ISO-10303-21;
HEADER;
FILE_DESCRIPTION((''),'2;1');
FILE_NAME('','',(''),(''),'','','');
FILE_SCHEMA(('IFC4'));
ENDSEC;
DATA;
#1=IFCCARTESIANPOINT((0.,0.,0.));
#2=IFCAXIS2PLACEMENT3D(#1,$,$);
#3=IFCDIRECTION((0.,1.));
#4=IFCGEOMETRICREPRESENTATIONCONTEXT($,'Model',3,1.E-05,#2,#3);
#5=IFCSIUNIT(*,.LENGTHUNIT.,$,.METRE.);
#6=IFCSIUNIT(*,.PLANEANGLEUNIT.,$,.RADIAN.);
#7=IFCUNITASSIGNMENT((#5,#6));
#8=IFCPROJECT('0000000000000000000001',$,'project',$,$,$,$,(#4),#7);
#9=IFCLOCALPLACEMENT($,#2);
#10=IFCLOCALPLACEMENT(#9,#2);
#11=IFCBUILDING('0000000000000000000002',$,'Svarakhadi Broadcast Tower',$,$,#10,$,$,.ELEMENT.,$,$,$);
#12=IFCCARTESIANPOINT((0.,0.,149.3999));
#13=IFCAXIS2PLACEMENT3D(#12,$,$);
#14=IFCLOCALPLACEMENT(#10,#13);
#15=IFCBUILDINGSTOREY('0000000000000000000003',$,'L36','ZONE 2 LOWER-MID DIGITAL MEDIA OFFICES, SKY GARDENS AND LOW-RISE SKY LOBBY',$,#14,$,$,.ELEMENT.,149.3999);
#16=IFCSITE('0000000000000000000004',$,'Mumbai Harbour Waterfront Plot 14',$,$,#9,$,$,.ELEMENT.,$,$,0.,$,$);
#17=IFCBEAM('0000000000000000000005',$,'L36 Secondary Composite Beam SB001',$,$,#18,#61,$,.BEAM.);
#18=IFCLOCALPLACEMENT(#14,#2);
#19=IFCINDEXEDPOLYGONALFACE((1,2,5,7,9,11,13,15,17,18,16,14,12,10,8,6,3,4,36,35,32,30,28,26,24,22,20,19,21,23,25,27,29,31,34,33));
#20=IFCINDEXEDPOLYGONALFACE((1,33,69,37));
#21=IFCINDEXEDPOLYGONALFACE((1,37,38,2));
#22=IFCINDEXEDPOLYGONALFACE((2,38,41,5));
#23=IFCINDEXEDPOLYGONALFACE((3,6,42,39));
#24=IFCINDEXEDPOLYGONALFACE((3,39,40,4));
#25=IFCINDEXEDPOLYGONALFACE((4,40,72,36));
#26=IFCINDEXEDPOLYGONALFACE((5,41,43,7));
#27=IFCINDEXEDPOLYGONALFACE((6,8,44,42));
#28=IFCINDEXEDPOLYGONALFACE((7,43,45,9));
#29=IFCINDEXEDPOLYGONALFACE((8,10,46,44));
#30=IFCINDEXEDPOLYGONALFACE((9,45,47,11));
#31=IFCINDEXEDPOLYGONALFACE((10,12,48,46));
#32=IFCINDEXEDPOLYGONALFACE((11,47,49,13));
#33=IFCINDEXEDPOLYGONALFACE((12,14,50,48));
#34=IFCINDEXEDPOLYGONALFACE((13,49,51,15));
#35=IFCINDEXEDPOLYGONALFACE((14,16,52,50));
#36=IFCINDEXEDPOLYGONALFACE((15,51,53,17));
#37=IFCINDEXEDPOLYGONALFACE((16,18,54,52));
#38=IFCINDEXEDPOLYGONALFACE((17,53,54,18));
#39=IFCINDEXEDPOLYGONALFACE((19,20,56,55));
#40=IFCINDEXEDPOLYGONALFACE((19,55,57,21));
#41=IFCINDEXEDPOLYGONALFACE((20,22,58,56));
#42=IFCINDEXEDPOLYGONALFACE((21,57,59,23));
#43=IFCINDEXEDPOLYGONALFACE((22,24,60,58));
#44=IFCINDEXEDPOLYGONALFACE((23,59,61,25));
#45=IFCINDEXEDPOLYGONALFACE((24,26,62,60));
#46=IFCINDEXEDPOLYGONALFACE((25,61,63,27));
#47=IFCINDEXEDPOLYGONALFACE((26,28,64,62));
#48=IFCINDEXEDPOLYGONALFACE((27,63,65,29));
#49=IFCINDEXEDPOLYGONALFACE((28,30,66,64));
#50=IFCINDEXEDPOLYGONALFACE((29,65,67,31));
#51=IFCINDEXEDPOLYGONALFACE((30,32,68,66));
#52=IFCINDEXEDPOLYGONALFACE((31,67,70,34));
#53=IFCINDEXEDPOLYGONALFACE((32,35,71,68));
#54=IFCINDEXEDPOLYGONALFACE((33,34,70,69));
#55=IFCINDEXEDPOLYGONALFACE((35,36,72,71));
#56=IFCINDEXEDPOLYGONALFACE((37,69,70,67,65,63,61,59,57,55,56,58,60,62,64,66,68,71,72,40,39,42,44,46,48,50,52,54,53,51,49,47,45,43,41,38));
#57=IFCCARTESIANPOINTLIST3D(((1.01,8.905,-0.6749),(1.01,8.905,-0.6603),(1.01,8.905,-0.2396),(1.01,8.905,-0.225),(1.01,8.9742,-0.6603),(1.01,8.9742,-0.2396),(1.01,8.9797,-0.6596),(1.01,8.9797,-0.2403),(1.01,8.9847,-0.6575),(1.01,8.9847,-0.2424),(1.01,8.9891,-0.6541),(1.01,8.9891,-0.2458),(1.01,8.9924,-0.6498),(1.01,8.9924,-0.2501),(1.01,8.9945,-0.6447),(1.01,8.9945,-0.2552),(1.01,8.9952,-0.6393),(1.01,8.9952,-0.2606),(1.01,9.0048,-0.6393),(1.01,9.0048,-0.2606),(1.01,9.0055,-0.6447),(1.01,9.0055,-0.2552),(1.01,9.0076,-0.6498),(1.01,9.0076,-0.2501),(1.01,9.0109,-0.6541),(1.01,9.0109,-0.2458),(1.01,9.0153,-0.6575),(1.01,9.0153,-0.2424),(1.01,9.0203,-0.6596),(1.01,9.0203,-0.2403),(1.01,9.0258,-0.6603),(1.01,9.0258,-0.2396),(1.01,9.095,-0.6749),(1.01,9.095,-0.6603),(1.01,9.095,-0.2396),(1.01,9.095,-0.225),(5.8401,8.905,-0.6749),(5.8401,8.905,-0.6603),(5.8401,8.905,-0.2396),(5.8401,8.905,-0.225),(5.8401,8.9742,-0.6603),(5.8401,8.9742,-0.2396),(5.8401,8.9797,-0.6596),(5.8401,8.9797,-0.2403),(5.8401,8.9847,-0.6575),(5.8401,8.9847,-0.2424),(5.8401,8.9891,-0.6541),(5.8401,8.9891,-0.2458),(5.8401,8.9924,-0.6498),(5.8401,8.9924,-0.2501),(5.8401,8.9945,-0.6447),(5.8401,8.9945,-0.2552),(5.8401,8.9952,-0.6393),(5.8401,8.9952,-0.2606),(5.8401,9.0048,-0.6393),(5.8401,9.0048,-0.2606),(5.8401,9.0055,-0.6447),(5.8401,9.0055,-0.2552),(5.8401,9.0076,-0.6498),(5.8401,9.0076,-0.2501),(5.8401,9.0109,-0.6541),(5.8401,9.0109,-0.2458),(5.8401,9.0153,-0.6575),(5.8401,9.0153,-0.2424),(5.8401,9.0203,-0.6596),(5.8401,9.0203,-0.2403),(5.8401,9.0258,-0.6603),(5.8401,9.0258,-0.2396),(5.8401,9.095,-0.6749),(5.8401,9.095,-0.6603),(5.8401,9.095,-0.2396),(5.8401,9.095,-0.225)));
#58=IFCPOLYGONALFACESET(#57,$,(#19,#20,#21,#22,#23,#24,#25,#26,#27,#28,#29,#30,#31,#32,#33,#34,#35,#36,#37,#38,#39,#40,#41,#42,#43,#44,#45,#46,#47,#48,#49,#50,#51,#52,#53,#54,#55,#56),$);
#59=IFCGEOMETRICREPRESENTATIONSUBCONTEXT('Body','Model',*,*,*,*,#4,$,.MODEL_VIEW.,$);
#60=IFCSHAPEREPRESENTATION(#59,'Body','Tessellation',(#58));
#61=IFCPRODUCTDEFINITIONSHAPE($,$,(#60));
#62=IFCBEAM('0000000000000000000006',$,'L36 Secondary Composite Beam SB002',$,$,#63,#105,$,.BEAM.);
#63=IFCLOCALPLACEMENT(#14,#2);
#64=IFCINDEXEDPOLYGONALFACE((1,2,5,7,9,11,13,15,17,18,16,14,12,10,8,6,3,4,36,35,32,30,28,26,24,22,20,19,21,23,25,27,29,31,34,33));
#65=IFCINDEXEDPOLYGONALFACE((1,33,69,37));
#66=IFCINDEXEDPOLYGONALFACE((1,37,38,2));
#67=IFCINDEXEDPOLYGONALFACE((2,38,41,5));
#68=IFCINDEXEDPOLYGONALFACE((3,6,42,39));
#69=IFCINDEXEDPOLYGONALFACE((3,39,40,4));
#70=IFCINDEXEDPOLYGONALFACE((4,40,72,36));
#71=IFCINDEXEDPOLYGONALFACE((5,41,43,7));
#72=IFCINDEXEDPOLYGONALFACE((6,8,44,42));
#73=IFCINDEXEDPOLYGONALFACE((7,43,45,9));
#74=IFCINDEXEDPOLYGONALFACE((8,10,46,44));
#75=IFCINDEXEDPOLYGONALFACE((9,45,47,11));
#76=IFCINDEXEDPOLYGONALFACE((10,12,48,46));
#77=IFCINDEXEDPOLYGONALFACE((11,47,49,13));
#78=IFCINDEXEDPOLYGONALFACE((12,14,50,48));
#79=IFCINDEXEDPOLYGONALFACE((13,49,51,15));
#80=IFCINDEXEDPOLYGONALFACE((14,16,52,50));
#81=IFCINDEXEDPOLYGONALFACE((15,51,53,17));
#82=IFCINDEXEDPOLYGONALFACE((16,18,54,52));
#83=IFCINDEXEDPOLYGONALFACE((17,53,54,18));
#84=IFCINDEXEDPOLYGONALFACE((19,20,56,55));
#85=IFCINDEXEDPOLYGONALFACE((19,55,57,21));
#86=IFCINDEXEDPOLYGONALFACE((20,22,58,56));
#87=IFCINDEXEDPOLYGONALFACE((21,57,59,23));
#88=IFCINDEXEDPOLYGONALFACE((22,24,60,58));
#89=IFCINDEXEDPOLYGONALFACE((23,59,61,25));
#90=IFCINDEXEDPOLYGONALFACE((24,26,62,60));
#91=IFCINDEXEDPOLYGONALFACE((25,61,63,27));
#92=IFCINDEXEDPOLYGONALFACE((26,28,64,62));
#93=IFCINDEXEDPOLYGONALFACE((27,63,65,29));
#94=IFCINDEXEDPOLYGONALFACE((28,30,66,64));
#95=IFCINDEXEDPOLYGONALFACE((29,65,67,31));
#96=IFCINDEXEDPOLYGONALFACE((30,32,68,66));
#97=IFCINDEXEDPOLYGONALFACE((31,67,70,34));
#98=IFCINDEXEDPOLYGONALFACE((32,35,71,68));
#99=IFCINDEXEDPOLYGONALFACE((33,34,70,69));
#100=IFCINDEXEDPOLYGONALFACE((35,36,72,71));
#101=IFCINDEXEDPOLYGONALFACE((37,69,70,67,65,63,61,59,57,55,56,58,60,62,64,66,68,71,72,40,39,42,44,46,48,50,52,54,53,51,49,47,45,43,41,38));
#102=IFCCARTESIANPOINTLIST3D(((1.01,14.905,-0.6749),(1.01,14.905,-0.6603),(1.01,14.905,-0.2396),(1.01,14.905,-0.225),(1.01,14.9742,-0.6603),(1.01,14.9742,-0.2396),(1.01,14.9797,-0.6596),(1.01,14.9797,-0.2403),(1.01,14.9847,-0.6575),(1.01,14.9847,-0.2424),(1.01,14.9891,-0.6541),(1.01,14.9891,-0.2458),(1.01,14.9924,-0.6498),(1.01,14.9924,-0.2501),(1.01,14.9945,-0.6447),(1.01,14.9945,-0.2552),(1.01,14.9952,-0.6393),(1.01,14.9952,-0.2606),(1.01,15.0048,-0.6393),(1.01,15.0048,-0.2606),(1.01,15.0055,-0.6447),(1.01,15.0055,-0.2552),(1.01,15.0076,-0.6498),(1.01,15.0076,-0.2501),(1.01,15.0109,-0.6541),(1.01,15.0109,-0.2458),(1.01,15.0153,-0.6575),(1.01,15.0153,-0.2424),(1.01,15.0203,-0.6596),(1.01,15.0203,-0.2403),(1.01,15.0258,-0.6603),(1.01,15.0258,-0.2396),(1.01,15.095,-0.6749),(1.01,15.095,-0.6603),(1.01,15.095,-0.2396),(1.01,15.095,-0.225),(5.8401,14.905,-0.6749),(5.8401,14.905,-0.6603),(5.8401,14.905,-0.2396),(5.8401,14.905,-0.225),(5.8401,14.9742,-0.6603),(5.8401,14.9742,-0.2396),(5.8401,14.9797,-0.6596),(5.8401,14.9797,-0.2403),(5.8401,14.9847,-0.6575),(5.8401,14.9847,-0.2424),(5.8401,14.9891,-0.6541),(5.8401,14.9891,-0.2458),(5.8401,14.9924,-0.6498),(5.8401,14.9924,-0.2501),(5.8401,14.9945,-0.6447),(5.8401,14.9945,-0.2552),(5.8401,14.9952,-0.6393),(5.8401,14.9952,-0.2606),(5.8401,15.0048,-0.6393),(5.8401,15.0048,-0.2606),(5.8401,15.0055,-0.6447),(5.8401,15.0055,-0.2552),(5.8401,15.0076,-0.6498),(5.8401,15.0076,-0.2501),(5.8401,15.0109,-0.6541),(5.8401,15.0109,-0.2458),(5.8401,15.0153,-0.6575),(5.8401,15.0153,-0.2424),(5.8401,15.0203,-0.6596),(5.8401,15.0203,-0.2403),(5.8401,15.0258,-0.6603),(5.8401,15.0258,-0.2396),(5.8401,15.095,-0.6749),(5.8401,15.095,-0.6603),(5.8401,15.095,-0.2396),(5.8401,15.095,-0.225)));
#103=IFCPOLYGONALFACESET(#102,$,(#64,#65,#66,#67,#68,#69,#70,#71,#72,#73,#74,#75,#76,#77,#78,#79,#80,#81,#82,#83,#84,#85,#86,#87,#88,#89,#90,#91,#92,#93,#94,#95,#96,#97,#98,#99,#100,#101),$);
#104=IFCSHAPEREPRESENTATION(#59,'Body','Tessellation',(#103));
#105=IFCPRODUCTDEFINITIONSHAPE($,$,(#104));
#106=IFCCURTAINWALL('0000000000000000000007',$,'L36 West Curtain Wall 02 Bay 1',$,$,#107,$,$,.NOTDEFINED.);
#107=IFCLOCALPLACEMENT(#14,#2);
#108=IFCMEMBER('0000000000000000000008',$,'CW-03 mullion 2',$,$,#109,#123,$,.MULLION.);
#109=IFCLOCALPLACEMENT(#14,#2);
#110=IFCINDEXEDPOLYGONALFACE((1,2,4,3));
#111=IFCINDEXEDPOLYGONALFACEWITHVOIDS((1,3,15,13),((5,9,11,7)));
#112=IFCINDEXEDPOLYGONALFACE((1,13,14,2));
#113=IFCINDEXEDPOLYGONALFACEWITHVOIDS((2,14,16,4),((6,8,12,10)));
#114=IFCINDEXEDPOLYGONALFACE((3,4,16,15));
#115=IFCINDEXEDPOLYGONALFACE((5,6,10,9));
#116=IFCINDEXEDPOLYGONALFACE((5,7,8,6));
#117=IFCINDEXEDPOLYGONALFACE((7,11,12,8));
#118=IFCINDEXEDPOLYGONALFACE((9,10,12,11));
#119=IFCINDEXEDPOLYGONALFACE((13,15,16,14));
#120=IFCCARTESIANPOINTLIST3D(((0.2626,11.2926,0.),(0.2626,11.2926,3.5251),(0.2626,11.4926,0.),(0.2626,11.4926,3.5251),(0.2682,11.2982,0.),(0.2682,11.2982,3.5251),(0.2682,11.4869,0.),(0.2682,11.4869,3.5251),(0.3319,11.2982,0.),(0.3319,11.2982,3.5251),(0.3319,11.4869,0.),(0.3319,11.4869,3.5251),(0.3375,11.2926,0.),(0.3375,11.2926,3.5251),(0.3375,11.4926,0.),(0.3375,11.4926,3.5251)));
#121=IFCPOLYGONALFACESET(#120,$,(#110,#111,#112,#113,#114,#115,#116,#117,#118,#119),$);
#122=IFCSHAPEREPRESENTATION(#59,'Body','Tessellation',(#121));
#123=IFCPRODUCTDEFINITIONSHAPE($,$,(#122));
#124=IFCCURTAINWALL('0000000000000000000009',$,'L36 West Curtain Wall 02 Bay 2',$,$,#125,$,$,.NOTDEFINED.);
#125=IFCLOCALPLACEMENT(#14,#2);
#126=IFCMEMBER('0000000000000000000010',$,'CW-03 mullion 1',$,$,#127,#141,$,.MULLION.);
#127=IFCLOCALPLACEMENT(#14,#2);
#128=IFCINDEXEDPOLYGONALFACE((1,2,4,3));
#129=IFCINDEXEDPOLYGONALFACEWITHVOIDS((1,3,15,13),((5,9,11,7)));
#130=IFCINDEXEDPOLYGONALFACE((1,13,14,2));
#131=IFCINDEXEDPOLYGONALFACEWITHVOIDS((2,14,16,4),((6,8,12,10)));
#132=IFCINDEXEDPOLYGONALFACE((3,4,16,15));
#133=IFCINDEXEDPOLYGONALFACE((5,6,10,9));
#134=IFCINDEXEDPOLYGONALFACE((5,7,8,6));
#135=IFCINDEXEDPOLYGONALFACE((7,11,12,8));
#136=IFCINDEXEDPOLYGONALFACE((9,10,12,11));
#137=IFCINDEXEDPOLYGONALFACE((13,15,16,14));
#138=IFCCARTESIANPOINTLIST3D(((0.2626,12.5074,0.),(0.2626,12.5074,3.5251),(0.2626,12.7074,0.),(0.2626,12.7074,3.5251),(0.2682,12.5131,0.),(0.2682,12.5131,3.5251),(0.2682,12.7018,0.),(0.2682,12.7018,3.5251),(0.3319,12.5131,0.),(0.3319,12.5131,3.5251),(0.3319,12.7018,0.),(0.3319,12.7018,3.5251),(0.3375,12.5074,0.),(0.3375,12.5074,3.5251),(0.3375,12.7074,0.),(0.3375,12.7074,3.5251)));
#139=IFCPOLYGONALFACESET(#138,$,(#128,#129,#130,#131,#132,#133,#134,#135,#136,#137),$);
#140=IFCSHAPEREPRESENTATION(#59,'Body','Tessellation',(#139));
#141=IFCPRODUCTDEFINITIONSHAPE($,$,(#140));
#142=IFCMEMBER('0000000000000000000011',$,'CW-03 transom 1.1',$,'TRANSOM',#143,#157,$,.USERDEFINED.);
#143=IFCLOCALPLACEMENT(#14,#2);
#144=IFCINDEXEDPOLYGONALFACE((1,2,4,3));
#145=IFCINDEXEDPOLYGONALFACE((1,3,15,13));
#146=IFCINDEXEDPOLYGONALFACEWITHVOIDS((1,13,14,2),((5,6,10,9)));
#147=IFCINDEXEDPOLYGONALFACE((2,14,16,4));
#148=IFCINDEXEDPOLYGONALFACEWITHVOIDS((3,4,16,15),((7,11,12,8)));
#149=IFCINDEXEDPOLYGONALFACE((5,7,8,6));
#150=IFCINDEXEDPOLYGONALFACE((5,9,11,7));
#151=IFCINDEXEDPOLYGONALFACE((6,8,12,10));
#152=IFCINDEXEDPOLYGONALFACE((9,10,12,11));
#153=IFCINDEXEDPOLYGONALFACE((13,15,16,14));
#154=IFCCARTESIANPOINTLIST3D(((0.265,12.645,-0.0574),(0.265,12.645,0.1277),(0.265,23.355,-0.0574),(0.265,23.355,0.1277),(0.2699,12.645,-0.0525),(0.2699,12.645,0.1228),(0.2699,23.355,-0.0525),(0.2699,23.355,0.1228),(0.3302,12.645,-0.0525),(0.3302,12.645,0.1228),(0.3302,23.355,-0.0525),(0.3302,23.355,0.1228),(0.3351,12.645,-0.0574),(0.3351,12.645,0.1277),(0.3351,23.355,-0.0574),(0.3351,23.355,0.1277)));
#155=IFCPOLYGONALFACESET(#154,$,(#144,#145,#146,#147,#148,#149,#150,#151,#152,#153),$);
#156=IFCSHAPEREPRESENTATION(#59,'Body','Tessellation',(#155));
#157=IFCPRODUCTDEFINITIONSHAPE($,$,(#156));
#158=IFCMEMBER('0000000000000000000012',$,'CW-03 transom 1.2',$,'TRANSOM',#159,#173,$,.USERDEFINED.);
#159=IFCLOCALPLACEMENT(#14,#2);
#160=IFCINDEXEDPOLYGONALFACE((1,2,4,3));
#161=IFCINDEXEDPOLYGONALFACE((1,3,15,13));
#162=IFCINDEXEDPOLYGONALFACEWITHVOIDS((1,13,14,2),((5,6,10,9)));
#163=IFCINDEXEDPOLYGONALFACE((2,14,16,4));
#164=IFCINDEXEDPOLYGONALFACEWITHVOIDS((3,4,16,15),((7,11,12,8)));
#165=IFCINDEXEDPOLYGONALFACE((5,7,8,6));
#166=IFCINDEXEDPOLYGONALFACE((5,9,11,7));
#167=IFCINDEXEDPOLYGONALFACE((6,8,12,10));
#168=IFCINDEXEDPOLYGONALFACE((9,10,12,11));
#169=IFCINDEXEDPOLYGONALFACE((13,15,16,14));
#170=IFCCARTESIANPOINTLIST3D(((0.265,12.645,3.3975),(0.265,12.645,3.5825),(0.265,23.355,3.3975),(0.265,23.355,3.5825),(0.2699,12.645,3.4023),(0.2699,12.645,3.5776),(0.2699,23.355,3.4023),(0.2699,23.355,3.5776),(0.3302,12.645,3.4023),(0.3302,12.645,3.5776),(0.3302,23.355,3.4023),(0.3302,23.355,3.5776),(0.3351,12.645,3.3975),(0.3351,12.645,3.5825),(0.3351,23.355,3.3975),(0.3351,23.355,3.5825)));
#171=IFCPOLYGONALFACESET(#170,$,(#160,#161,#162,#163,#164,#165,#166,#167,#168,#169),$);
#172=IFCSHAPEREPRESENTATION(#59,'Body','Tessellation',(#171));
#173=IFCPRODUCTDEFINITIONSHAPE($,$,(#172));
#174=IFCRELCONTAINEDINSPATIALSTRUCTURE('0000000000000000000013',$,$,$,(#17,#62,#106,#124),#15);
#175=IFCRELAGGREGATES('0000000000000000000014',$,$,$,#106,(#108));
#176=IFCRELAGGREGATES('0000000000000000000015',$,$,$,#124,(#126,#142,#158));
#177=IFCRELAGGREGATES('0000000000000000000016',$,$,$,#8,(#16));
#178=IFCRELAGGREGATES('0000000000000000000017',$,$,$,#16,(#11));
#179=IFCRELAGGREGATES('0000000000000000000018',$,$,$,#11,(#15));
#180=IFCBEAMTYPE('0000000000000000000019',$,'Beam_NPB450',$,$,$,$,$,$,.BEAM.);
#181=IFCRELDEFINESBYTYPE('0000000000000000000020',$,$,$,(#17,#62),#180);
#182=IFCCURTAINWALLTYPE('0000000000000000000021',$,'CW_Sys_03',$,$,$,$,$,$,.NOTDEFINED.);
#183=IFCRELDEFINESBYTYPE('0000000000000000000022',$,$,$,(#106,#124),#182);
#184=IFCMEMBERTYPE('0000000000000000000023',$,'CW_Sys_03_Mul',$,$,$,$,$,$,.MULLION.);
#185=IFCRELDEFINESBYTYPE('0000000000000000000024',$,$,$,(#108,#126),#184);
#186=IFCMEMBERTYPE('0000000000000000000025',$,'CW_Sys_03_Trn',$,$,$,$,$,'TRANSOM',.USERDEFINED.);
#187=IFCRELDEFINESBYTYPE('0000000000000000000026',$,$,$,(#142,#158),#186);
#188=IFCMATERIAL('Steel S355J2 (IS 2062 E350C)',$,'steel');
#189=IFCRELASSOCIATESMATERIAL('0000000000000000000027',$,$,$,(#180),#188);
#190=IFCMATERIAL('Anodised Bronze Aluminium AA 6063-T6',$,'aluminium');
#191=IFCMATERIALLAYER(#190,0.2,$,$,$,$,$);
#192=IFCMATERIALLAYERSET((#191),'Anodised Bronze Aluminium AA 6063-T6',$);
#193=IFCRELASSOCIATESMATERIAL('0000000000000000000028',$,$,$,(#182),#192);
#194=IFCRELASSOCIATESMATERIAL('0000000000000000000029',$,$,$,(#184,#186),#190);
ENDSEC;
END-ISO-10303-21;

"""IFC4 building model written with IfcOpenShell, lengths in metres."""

from ifc_helpers import new_model, si_unit, direction, frame, origin, origin_2d, place, context, subcontext, project, spatial, hollow_rectangle, i_section, extrude, material, layer, layer_set, material_profile, profile_set, type_object, element, aggregate, save


model = new_model("IFC4")

# Units and contexts
model_context = context("Model", 3, precision=1e-05, world=origin(), true_north=direction((0.0, 1.0)))
body_context = subcontext(model_context, "Body", "Model", "MODEL_VIEW")
ifc_project = project(units=[si_unit("LENGTHUNIT", "METRE"), si_unit("PLANEANGLEUNIT", "RADIAN")], contexts=[model_context])

# Site, building, storey
site_placement = place(None, origin())
site = spatial("IfcSite", under=ifc_project, at=site_placement, Name="Mumbai Harbour Waterfront Plot 14", CompositionType="ELEMENT", RefElevation=0.0)
building_placement = place(site_placement, origin())
building = spatial("IfcBuilding", under=site, at=building_placement, Name="Svarakhadi Broadcast Tower", CompositionType="ELEMENT")
storey_placement = place(building_placement, frame((0.0, 0.0, 149.3999)))
storey = spatial("IfcBuildingStorey", under=building, at=storey_placement, Name="L36", Description="ZONE 2 LOWER-MID DIGITAL MEDIA OFFICES, SKY GARDENS AND LOW-RISE SKY LOBBY", CompositionType="ELEMENT", Elevation=149.3999)

# Beams
ifc_material_1 = material(Name="Steel S355J2 (IS 2062 E350C)", Category="steel")
ifc_material_profile_1 = material_profile(ifc_material_1, i_section(OverallWidth=0.1899, OverallDepth=0.45, WebThickness=0.0095, FlangeThickness=0.0146, FilletRadius=0.021, at=origin_2d()), Name="NPB 450x190x78")
ifc_profile_set_1 = profile_set([ifc_material_profile_1], Name="Steel S355J2 (IS 2062 E350C)")
beam_type_1 = type_object("IfcBeamType", Name="Beam_NPB450", PredefinedType="BEAM", material=ifc_profile_set_1)
for number, where, z_axis, x_axis, name in (
    (1, (1.01, 9.0, -0.45), (1.0, 0.0, 0.0), (0.0, 1.0, 0.0), "L36 Secondary Composite Beam SB001"),
    (2, (1.01, 15.0, -0.45), (1.0, 0.0, 0.0), (0.0, 1.0, 0.0), "L36 Secondary Composite Beam SB002"),
):
    element("IfcBeam", number, at=place(storey_placement, frame(where, z_axis=z_axis, x_axis=x_axis)), inside=storey, type_object=beam_type_1, Name=name, PredefinedType="BEAM", context=body_context, shape_type="SweptSolid", body=[
        extrude(i_section(OverallWidth=0.1899, OverallDepth=0.45, WebThickness=0.0095, FlangeThickness=0.0146, FilletRadius=0.021, at=origin_2d()), origin(), (0.0, 0.0, 1.0), 4.8301),
    ])

# Curtain wall, member
ifc_material_2 = material(Name="Anodised Bronze Aluminium AA 6063-T6", Category="aluminium")
ifc_layer_1 = layer(ifc_material_2, 0.2)
ifc_layer_set_1 = layer_set([ifc_layer_1], Name="Anodised Bronze Aluminium AA 6063-T6")
curtain_wall_type = type_object("IfcCurtainWallType", Name="CW_Sys_03", PredefinedType="NOTDEFINED", material=ifc_layer_set_1)
curtain_wall_1_placement = place(storey_placement, origin())
curtain_wall_1 = element("IfcCurtainWall", 3, at=curtain_wall_1_placement, inside=storey, type_object=curtain_wall_type, Name="L36 West Curtain Wall 02 Bay 1", PredefinedType="NOTDEFINED")
ifc_material_profile_2 = material_profile(ifc_material_2, hollow_rectangle(XDim=0.075, YDim=0.2, WallThickness=0.0056, at=origin_2d()), Name="ALU MULLION 200x75x6")
ifc_profile_set_2 = profile_set([ifc_material_profile_2], Name="Anodised Bronze Aluminium AA 6063-T6")
member_type_1 = type_object("IfcMemberType", Name="CW_Sys_03_Mul", PredefinedType="MULLION", material=ifc_profile_set_2)
member_1_placement = place(storey_placement, frame((0.3, 11.3926, 0.0), z_axis=(0.0, 0.0, 1.0), x_axis=(-1.0, 0.0, 0.0)))
member_1 = element("IfcMember", 4, at=member_1_placement, type_object=member_type_1, Name="CW-03 mullion 2", PredefinedType="MULLION", context=body_context, shape_type="SweptSolid", body=[
    extrude(hollow_rectangle(XDim=0.075, YDim=0.2, WallThickness=0.0056, at=origin_2d()), origin(), (0.0, 0.0, 1.0), 3.5251),
])

# Curtain wall, members
curtain_wall_2_placement = place(storey_placement, origin())
curtain_wall_2 = element("IfcCurtainWall", 5, at=curtain_wall_2_placement, inside=storey, type_object=curtain_wall_type, Name="L36 West Curtain Wall 02 Bay 2", PredefinedType="NOTDEFINED")
member_2_placement = place(storey_placement, frame((0.3, 12.6074, 0.0), z_axis=(0.0, 0.0, 1.0), x_axis=(-1.0, 0.0, 0.0)))
member_2 = element("IfcMember", 6, at=member_2_placement, type_object=member_type_1, Name="CW-03 mullion 1", PredefinedType="MULLION", context=body_context, shape_type="SweptSolid", body=[
    extrude(hollow_rectangle(XDim=0.075, YDim=0.2, WallThickness=0.0056, at=origin_2d()), origin(), (0.0, 0.0, 1.0), 3.5251),
])
ifc_material_profile_3 = material_profile(ifc_material_2, hollow_rectangle(XDim=0.0701, YDim=0.1851, WallThickness=0.0049, at=origin_2d()), Name="ALU TRANSOM 185x70x5")
ifc_profile_set_3 = profile_set([ifc_material_profile_3], Name="Anodised Bronze Aluminium AA 6063-T6")
member_type_2 = type_object("IfcMemberType", Name="CW_Sys_03_Trn", ElementType="TRANSOM", PredefinedType="USERDEFINED", material=ifc_profile_set_3)
member_3_placement = place(storey_placement, frame((0.3, 12.645, 0.0352), z_axis=(0.0, 1.0, 0.0), x_axis=(-1.0, 0.0, 0.0)))
member_3 = element("IfcMember", 7, at=member_3_placement, type_object=member_type_2, Name="CW-03 transom 1.1", ObjectType="TRANSOM", PredefinedType="USERDEFINED", context=body_context, shape_type="SweptSolid", body=[
    extrude(hollow_rectangle(XDim=0.0701, YDim=0.1851, WallThickness=0.0049, at=origin_2d()), origin(), (0.0, 0.0, 1.0), 10.71),
])
member_4_placement = place(storey_placement, frame((0.3, 12.645, 3.49), z_axis=(0.0, 1.0, 0.0), x_axis=(-1.0, 0.0, 0.0)))
member_4 = element("IfcMember", 8, at=member_4_placement, type_object=member_type_2, Name="CW-03 transom 1.2", ObjectType="TRANSOM", PredefinedType="USERDEFINED", context=body_context, shape_type="SweptSolid", body=[
    extrude(hollow_rectangle(XDim=0.0701, YDim=0.1851, WallThickness=0.0049, at=origin_2d()), origin(), (0.0, 0.0, 1.0), 10.71),
])

aggregate(curtain_wall_1, [member_1])
aggregate(curtain_wall_2, [member_2, member_3, member_4])

save(model, "model.ifc")
